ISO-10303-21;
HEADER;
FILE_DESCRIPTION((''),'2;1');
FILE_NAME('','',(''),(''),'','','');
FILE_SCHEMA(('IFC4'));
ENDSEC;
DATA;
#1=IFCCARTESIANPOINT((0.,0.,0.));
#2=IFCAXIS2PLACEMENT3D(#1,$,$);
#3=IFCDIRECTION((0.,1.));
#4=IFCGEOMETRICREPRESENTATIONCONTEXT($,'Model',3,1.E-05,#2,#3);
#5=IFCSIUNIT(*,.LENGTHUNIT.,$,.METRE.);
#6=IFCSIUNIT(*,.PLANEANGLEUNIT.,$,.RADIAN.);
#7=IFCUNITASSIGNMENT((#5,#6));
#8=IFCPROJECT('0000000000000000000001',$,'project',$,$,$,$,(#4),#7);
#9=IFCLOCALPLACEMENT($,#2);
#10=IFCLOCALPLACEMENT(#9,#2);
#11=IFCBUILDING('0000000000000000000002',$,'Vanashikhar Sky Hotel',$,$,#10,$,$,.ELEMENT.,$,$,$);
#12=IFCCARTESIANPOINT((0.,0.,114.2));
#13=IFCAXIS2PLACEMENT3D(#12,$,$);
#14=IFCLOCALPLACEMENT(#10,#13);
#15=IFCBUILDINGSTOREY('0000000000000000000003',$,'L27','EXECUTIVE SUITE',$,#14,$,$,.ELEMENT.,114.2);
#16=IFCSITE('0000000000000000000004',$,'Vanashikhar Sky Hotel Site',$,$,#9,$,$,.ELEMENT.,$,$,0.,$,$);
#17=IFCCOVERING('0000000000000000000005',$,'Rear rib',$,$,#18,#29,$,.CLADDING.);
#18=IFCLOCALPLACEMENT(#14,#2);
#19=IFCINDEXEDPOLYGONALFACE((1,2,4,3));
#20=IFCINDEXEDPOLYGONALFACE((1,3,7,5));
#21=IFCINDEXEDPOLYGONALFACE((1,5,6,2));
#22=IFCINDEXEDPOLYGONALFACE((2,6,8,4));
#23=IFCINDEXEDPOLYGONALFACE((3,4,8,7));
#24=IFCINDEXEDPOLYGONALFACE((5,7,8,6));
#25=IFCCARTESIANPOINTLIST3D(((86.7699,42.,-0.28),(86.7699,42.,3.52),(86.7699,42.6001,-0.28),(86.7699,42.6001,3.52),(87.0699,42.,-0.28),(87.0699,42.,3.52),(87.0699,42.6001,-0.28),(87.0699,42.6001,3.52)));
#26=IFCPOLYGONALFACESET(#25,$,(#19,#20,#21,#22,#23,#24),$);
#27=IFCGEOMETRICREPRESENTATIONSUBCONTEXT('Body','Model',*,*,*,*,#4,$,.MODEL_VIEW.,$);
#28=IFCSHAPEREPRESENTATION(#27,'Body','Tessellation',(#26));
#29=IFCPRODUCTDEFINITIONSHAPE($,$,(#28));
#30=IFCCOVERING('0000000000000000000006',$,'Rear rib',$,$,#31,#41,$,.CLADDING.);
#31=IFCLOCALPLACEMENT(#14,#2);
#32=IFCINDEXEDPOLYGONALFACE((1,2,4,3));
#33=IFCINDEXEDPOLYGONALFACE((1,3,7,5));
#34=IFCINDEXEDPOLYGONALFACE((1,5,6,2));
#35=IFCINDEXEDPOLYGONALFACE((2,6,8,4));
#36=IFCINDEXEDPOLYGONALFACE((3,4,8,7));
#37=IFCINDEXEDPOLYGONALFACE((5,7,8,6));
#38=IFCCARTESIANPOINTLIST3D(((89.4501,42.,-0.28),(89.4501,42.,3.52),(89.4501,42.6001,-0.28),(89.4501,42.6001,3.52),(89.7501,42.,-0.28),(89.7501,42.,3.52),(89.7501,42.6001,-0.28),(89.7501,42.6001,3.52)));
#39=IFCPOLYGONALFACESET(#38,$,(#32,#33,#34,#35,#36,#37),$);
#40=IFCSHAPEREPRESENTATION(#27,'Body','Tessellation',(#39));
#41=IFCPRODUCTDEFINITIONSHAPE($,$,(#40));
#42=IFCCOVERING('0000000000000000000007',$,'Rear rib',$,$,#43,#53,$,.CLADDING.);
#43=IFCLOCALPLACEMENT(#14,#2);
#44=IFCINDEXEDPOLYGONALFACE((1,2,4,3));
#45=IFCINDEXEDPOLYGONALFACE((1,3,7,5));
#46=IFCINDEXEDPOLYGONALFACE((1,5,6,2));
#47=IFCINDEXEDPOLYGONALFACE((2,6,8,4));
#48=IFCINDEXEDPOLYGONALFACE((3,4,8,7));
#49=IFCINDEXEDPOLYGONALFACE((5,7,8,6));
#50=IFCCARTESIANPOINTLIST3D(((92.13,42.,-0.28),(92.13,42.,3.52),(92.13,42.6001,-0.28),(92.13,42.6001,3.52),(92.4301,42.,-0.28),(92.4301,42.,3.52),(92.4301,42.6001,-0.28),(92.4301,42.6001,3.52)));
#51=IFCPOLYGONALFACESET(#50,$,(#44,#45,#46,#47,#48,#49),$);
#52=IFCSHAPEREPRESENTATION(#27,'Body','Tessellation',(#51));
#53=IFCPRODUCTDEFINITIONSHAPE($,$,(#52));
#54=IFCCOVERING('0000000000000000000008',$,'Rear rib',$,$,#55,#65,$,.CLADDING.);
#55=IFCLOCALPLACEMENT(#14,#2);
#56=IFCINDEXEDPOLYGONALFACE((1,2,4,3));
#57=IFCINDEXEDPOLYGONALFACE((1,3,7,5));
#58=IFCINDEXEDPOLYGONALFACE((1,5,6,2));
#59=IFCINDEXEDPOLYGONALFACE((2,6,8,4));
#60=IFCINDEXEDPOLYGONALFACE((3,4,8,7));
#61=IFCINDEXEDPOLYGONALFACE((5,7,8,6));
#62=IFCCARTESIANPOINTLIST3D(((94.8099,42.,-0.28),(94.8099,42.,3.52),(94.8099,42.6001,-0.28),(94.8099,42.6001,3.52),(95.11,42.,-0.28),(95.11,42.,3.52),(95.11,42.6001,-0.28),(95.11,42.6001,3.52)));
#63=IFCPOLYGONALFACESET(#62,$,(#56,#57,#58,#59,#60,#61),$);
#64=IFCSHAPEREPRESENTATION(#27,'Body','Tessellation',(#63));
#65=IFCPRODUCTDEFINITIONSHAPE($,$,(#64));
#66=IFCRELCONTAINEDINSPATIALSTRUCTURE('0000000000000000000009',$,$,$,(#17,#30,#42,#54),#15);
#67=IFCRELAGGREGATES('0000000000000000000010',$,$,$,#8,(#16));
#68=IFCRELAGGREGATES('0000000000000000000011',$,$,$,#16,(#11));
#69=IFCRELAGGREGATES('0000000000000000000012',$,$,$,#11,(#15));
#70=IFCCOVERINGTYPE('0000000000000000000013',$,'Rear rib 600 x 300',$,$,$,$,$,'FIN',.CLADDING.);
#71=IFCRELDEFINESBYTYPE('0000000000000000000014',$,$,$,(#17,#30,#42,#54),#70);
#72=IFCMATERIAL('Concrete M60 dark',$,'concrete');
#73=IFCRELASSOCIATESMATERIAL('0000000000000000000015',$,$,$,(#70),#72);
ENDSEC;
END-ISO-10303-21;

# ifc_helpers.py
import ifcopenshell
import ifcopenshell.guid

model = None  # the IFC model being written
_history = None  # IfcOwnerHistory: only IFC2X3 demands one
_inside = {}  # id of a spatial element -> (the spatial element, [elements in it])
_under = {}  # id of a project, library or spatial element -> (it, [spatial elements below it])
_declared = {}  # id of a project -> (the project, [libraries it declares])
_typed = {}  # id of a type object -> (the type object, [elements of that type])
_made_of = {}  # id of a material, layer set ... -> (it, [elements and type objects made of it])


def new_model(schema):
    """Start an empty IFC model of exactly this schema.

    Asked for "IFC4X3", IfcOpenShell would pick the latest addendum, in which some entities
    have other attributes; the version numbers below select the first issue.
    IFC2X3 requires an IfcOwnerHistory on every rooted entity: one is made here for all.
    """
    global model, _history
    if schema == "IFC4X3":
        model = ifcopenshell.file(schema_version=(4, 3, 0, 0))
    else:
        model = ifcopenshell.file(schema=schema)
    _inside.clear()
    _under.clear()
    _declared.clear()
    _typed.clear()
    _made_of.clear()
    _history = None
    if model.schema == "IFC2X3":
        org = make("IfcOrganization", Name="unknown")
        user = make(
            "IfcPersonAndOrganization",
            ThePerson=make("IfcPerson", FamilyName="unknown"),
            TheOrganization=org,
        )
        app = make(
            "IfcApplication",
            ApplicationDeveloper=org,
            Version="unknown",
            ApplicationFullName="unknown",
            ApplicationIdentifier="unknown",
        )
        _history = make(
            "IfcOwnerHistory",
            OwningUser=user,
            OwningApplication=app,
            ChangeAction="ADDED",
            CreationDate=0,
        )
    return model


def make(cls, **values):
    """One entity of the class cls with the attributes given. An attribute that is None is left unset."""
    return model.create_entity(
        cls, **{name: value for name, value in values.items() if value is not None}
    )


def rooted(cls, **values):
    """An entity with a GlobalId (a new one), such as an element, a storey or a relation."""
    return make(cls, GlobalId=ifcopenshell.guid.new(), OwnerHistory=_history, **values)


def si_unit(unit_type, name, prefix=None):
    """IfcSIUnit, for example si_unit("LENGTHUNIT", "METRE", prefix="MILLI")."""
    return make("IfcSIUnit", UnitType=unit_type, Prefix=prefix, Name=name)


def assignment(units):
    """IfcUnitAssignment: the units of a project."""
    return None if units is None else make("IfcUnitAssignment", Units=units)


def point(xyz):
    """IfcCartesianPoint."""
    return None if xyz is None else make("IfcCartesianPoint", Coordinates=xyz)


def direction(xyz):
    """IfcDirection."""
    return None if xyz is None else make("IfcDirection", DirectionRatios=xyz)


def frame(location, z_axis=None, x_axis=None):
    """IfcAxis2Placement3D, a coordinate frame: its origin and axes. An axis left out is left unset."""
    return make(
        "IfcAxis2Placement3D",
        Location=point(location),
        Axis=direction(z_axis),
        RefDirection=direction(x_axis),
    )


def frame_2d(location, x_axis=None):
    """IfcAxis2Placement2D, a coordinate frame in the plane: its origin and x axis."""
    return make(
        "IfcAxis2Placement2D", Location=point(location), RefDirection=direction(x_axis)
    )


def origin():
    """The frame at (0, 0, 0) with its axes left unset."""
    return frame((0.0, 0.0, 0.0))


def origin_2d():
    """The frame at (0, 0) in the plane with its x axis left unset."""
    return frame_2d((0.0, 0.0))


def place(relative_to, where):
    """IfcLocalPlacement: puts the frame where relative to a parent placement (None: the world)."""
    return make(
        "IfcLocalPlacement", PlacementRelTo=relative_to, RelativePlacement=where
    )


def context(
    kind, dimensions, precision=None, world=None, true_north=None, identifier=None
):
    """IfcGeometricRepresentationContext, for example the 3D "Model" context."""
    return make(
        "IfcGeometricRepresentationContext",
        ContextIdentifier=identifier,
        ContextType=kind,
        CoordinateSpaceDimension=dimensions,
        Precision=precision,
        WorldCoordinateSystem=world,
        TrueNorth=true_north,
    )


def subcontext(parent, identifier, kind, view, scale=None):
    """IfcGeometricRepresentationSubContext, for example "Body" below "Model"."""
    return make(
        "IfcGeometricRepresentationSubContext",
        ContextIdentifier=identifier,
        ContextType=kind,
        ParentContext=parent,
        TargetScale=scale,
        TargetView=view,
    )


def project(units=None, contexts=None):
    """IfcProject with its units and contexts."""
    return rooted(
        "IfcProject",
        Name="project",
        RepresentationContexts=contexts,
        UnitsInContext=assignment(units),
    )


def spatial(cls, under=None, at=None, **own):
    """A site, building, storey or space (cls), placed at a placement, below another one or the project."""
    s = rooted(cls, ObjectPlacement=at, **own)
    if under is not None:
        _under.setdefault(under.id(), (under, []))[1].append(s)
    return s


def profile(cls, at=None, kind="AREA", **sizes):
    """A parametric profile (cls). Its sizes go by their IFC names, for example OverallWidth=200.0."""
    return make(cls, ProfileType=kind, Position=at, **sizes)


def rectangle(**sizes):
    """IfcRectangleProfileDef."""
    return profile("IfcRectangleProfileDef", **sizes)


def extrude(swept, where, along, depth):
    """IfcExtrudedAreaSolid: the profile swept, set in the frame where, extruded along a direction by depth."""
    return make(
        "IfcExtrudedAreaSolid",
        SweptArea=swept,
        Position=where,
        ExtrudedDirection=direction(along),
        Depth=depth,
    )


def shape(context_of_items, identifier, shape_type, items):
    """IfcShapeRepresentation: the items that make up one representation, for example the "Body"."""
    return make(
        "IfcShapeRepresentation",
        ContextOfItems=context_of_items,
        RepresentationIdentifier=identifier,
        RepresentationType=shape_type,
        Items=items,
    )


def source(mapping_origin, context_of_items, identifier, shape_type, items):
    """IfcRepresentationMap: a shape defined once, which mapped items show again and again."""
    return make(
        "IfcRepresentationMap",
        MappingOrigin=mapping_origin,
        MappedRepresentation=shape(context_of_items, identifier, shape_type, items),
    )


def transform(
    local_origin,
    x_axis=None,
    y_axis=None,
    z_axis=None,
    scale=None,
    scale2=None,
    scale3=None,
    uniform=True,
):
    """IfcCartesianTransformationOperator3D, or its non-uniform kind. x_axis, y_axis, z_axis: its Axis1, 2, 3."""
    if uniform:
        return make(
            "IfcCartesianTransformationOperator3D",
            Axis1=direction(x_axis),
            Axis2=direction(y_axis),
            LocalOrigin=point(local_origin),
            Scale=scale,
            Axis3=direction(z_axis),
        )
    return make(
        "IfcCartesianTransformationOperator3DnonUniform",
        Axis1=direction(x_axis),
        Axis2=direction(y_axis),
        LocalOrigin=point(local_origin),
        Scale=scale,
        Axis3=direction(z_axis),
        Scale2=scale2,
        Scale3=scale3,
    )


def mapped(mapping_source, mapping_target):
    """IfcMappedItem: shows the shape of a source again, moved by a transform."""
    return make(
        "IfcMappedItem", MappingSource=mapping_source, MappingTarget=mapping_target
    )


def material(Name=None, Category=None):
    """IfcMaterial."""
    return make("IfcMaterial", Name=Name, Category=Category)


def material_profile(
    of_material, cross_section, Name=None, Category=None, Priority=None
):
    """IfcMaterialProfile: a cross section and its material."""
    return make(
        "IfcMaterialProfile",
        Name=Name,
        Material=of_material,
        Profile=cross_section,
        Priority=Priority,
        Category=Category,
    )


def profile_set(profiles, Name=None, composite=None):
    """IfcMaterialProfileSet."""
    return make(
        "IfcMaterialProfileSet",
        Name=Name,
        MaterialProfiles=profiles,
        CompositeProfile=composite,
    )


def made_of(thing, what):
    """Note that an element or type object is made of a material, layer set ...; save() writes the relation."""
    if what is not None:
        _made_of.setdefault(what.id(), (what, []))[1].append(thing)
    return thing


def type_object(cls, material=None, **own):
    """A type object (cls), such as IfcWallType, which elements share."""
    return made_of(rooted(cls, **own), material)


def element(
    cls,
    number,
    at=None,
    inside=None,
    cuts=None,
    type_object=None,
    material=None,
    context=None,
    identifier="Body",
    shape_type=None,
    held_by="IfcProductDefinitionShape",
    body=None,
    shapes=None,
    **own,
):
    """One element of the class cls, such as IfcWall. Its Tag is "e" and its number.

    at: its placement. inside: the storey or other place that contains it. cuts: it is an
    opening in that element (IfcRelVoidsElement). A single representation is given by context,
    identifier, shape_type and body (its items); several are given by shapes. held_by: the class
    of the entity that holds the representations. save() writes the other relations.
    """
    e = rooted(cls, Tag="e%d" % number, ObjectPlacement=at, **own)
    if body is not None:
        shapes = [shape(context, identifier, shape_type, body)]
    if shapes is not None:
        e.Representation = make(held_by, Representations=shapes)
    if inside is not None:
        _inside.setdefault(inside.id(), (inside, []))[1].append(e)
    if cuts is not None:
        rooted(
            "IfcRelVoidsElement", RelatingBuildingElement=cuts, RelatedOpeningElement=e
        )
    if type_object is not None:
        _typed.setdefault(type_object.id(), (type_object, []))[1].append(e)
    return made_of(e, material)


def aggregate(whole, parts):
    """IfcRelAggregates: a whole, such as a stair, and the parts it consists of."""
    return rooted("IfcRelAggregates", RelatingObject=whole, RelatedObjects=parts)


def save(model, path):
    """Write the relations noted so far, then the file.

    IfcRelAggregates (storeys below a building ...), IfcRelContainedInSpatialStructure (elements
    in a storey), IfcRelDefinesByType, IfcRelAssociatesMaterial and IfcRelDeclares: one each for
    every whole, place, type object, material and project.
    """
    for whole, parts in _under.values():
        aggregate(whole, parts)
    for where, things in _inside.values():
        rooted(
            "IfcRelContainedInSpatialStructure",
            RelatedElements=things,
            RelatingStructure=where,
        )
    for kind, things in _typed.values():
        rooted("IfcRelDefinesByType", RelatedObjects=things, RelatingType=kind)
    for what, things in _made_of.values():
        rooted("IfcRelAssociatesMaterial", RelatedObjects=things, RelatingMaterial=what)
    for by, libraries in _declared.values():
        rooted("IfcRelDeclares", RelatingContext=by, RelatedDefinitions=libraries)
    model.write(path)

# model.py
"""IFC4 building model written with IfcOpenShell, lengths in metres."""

from ifc_helpers import new_model, si_unit, direction, frame, origin, origin_2d, place, context, subcontext, project, spatial, rectangle, extrude, source, transform, mapped, material, material_profile, profile_set, type_object, element, save


model = new_model("IFC4")

# Units and contexts
model_context = context("Model", 3, precision=1e-05, world=origin(), true_north=direction((0.0, 1.0)))
body_context = subcontext(model_context, "Body", "Model", "MODEL_VIEW")
ifc_project = project(units=[si_unit("LENGTHUNIT", "METRE"), si_unit("PLANEANGLEUNIT", "RADIAN")], contexts=[model_context])

# Site, building, storey
site_placement = place(None, origin())
site = spatial("IfcSite", under=ifc_project, at=site_placement, Name="Vanashikhar Sky Hotel Site", CompositionType="ELEMENT", RefElevation=0.0)
building_placement = place(site_placement, origin())
building = spatial("IfcBuilding", under=site, at=building_placement, Name="Vanashikhar Sky Hotel", CompositionType="ELEMENT")
storey_placement = place(building_placement, frame((0.0, 0.0, 114.2)))
storey = spatial("IfcBuildingStorey", under=building, at=storey_placement, Name="L27", Description="EXECUTIVE SUITE", CompositionType="ELEMENT", Elevation=114.2)

# Coverings
ifc_material_1 = material(Name="Concrete M60 dark", Category="concrete")
ifc_material_profile_1 = material_profile(ifc_material_1, rectangle(XDim=0.6001, YDim=0.3, at=origin_2d()))
ifc_profile_set_1 = profile_set([ifc_material_profile_1], Name="Rear rib 600 x 300")
covering_type = type_object("IfcCoveringType", Name="Rear rib 600 x 300", ElementType="FIN", PredefinedType="CLADDING", material=ifc_profile_set_1)
shared_shape_1 = source(origin(), body_context, "Body", "SweptSolid", [
    extrude(rectangle(XDim=0.6001, YDim=0.3, at=origin_2d()), origin(), (0.0, 0.0, 1.0), 3.8),
])
for number, where, z_axis, x_axis, name in (
    (1, (86.9199, 42.3, -0.28), (0.0, 0.0, 1.0), (0.0, 1.0, 0.0), "Rear rib"),
    (2, (89.6001, 42.3, -0.28), (0.0, 0.0, 1.0), (0.0, 1.0, 0.0), "Rear rib"),
    (3, (92.28, 42.3, -0.28), (0.0, 0.0, 1.0), (0.0, 1.0, 0.0), "Rear rib"),
    (4, (94.96, 42.3, -0.28), (0.0, 0.0, 1.0), (0.0, 1.0, 0.0), "Rear rib"),
):
    element("IfcCovering", number, at=place(storey_placement, frame(where, z_axis=z_axis, x_axis=x_axis)), inside=storey, type_object=covering_type, Name=name, PredefinedType="CLADDING", context=body_context, shape_type="MappedRepresentation", body=[
        mapped(shared_shape_1, transform((0.0, 0.0, 0.0), scale=1.0)),
    ])

save(model, "model.ifc")
